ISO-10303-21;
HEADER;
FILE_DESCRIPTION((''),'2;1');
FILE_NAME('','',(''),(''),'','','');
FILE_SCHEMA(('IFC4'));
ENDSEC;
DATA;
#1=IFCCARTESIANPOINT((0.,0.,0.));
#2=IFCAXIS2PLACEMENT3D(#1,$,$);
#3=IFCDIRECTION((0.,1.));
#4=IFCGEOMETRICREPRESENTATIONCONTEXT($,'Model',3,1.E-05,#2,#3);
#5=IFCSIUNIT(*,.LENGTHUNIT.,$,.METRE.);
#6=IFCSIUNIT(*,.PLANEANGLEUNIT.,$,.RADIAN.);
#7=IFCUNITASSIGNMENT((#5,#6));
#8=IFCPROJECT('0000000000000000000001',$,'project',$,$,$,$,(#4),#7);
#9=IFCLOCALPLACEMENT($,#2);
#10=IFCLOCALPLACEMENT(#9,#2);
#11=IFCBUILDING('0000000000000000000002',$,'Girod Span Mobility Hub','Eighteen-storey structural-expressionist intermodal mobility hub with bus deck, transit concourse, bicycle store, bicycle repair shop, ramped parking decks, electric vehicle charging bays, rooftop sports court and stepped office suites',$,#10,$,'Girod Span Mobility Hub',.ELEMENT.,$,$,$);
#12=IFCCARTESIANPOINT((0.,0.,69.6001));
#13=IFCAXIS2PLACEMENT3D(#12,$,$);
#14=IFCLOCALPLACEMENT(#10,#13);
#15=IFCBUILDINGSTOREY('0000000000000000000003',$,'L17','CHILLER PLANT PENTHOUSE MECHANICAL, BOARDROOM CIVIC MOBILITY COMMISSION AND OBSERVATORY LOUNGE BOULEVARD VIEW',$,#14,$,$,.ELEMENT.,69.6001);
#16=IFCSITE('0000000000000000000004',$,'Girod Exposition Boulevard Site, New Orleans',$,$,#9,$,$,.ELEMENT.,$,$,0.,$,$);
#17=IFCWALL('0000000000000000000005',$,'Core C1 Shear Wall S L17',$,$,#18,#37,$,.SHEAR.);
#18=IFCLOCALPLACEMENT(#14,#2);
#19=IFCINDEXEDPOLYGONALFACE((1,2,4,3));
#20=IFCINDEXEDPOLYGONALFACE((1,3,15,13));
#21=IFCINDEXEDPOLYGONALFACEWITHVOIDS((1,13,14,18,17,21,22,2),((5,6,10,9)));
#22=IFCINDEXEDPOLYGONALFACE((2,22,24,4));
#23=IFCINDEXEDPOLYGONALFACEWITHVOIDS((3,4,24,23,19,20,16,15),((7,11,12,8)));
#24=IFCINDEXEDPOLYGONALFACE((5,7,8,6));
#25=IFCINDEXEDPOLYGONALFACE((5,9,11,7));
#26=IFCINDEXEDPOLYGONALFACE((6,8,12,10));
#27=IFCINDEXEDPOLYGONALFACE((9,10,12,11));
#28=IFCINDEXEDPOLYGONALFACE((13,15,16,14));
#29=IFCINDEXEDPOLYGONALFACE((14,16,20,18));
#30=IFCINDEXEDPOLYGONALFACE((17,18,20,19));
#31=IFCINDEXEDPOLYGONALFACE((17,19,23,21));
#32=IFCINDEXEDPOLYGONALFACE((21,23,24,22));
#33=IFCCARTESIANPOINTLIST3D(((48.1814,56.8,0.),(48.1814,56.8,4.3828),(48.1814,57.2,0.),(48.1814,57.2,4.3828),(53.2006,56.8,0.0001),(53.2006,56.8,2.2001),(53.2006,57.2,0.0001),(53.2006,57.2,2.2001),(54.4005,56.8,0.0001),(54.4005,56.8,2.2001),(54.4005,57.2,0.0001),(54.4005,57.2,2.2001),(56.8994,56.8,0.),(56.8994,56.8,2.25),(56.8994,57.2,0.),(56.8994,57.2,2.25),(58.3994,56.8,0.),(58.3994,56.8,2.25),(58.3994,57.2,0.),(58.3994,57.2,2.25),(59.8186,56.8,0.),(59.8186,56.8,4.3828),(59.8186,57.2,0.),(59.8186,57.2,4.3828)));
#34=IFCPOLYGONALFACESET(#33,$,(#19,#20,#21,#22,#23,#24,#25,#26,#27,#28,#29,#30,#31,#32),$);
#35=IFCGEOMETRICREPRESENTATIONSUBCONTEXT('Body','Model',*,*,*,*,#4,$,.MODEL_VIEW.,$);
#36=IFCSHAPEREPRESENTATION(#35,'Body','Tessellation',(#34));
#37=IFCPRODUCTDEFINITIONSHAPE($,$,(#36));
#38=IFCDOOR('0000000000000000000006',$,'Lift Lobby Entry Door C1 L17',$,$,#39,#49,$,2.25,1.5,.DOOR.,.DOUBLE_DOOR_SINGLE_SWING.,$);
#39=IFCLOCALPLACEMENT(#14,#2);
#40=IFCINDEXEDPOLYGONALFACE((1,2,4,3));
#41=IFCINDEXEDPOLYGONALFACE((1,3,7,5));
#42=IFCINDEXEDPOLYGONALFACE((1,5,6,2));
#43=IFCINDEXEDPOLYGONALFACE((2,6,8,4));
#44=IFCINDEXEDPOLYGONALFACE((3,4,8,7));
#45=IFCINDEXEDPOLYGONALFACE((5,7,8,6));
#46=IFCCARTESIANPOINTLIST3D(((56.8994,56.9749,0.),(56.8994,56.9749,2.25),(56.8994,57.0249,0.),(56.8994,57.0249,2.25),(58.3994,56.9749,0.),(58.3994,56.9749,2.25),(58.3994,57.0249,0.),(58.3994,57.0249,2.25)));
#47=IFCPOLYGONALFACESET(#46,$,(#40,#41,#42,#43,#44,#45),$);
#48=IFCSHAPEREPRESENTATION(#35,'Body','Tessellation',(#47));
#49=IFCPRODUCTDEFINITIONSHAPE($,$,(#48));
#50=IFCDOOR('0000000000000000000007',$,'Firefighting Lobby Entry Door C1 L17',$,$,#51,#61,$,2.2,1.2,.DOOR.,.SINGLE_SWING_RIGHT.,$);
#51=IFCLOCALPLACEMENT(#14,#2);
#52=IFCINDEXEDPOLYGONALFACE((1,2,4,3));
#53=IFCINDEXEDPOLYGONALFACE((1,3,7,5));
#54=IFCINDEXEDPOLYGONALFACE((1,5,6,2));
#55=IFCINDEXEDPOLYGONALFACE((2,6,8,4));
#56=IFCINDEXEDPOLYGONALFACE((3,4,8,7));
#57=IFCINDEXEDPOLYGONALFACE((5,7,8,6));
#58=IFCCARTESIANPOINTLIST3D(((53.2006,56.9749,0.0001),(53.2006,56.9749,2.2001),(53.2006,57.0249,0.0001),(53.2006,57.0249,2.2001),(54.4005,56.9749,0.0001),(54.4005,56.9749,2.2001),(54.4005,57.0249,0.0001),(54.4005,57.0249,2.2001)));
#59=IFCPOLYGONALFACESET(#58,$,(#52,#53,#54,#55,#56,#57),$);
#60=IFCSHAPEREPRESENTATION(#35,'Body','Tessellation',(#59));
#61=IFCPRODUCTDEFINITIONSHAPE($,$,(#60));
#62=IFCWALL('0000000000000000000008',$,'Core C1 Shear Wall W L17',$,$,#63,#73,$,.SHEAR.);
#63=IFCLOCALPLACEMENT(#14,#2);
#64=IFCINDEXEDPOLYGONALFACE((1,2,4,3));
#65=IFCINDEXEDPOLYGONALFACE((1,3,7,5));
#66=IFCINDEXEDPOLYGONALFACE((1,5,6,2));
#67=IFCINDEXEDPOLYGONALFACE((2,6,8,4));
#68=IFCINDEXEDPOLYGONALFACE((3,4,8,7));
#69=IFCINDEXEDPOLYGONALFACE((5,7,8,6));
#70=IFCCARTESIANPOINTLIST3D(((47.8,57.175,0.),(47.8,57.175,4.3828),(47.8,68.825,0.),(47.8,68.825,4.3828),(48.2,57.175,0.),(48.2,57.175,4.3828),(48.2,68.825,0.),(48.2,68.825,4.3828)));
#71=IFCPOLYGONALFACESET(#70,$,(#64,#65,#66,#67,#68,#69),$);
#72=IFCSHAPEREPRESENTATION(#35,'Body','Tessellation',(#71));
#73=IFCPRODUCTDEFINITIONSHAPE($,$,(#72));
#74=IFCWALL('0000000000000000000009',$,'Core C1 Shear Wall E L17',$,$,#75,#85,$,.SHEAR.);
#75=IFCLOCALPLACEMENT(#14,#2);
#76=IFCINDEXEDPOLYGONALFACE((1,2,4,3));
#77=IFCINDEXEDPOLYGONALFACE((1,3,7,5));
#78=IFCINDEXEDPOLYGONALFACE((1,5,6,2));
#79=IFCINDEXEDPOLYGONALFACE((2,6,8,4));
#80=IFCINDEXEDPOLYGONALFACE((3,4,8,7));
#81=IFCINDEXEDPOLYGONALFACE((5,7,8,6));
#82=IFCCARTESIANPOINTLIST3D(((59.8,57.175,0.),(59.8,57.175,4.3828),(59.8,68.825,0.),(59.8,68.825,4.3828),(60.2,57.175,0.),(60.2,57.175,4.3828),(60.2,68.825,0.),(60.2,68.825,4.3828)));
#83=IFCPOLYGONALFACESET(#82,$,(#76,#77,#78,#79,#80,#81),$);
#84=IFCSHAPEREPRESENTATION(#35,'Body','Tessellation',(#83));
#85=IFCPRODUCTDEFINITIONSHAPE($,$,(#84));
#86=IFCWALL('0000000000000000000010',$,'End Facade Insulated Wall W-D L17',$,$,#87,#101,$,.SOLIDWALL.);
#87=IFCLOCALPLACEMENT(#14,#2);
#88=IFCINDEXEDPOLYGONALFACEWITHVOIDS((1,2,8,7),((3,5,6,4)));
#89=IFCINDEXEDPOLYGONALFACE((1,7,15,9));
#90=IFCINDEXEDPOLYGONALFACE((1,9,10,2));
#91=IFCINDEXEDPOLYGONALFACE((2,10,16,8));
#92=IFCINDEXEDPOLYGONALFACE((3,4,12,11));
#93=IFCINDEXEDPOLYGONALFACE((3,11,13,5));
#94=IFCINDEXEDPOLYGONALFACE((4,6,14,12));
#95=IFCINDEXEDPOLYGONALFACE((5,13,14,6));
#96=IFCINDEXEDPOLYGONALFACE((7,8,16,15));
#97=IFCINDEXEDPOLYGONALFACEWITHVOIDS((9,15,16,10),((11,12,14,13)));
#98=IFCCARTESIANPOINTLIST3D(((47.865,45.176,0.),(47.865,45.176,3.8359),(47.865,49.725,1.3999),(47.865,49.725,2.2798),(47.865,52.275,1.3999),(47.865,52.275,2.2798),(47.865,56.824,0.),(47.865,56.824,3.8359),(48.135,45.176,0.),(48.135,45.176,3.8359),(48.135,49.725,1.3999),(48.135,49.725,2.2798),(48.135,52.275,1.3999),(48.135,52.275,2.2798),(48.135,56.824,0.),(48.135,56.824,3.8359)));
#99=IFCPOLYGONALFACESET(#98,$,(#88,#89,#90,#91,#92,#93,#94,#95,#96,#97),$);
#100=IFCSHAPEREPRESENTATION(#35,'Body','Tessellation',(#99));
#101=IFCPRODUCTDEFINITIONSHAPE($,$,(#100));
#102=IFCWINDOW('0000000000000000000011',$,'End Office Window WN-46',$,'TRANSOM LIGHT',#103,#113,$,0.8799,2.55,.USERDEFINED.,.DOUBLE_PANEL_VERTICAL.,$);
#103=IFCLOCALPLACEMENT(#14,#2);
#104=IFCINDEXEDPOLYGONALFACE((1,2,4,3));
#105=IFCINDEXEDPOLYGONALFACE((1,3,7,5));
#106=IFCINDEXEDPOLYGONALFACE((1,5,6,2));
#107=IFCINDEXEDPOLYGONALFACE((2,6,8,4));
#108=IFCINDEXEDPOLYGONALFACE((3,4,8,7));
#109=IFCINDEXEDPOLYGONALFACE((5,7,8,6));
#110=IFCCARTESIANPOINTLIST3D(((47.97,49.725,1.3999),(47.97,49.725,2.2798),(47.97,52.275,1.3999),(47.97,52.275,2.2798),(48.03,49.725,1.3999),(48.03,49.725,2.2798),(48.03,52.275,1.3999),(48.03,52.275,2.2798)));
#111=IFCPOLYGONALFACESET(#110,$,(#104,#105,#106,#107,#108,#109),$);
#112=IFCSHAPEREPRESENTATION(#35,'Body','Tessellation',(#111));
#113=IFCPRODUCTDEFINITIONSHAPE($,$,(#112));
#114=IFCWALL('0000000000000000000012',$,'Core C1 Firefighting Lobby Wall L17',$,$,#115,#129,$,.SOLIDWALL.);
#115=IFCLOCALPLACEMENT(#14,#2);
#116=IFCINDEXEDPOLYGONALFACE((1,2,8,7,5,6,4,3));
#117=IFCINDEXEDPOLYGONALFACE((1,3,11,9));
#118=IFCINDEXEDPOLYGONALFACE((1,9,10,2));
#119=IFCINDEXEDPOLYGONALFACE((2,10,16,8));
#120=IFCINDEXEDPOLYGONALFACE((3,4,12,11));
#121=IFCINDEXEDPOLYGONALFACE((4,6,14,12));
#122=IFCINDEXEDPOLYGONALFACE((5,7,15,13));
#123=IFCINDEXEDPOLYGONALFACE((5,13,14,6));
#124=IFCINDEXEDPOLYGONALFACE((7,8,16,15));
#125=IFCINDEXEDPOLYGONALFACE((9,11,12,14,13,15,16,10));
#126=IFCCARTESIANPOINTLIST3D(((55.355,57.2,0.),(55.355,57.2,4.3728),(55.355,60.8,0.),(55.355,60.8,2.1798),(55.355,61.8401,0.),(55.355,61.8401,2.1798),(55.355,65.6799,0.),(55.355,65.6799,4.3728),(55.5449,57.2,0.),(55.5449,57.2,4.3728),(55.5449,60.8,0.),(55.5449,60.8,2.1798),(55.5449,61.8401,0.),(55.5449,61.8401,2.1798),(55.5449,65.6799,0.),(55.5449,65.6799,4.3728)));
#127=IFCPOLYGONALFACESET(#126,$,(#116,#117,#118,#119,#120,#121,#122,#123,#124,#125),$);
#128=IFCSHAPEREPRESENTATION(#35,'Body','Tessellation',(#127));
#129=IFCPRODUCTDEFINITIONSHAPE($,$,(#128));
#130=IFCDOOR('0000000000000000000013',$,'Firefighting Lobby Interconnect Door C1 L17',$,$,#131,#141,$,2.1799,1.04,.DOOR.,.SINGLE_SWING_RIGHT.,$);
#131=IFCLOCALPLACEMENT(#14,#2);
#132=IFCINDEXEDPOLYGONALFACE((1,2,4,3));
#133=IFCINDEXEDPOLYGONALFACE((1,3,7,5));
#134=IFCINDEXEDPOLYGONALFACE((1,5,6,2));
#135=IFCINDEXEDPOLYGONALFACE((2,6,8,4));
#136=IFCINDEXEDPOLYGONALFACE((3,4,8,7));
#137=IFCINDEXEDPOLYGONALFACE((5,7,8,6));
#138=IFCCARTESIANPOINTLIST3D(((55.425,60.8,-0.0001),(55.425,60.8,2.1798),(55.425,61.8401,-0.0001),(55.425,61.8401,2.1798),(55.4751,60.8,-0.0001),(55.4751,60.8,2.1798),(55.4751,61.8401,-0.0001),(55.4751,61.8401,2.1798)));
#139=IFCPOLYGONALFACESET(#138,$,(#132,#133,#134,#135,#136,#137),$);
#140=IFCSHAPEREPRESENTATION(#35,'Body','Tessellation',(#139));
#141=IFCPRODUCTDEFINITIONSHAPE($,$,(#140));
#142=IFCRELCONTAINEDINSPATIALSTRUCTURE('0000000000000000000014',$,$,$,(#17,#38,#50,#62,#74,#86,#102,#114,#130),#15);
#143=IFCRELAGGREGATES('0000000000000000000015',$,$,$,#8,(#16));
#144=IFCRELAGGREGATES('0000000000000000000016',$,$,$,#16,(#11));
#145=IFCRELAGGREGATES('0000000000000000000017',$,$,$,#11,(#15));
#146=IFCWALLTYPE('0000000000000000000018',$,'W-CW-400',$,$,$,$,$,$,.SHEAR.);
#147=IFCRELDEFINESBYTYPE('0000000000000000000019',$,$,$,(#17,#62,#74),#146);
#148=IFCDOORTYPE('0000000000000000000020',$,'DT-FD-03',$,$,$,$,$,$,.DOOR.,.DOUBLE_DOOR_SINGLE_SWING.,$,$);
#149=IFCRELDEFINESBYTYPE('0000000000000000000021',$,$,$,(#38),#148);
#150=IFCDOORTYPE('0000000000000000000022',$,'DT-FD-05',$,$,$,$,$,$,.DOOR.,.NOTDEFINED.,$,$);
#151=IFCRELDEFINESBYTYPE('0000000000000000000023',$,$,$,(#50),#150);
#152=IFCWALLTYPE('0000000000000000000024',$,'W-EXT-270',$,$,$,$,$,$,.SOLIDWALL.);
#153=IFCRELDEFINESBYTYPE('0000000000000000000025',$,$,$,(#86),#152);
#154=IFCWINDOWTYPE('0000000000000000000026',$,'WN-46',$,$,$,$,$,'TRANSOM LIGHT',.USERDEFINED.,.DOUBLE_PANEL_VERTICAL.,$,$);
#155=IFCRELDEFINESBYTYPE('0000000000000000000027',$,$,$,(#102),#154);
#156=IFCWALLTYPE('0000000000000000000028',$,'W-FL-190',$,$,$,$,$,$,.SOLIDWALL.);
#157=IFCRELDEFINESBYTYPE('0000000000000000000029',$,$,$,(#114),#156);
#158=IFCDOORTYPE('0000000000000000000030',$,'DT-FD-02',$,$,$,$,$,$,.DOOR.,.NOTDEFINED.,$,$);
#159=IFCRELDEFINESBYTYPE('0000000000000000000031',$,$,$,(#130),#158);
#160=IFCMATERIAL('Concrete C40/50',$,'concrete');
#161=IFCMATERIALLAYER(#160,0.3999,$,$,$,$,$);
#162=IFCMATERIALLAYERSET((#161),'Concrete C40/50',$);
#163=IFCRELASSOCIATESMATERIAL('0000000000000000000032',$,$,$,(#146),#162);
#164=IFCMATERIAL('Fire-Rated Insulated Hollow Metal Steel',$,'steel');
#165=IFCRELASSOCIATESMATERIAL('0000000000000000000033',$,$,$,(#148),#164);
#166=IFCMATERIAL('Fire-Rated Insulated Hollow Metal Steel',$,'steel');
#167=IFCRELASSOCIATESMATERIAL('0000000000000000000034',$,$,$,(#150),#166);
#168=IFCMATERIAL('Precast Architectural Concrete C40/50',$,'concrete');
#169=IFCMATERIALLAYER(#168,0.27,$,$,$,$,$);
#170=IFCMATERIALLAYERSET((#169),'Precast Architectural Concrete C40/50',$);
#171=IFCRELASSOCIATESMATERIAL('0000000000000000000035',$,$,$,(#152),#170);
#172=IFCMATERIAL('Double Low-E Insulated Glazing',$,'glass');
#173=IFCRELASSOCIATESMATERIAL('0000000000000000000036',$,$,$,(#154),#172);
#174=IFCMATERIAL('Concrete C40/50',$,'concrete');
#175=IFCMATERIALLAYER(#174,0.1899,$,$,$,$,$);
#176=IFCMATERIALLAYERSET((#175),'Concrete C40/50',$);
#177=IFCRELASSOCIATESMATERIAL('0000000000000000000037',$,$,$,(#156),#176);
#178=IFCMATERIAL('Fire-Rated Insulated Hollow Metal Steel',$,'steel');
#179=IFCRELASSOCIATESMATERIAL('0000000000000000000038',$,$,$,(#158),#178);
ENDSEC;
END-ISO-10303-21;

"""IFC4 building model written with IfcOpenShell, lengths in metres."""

from ifc_helpers import new_model, si_unit, direction, frame, frame_2d, origin, place, context, subcontext, project, spatial, rectangle, extrude, material, layer, layer_set, type_object, element, fill, save


model = new_model("IFC4")

# Units and contexts
model_context = context("Model", 3, precision=1e-05, world=origin(), true_north=direction((0.0, 1.0)))
body_context = subcontext(model_context, "Body", "Model", "MODEL_VIEW")
ifc_project = project(units=[si_unit("LENGTHUNIT", "METRE"), si_unit("PLANEANGLEUNIT", "RADIAN")], contexts=[model_context])

# Site, building, storey
site_placement = place(None, origin())
site = spatial("IfcSite", under=ifc_project, at=site_placement, Name="Girod Exposition Boulevard Site, New Orleans", CompositionType="ELEMENT", RefElevation=0.0)
building_placement = place(site_placement, origin())
building = spatial("IfcBuilding", under=site, at=building_placement, Name="Girod Span Mobility Hub", Description="Eighteen-storey structural-expressionist intermodal mobility hub with bus deck, transit concourse, bicycle store, bicycle repair shop, ramped parking decks, electric vehicle charging bays, rooftop sports court and stepped office suites", LongName="Girod Span Mobility Hub", CompositionType="ELEMENT")
storey_placement = place(building_placement, frame((0.0, 0.0, 69.6001)))
storey = spatial("IfcBuildingStorey", under=building, at=storey_placement, Name="L17", Description="CHILLER PLANT PENTHOUSE MECHANICAL, BOARDROOM CIVIC MOBILITY COMMISSION AND OBSERVATORY LOUNGE BOULEVARD VIEW", CompositionType="ELEMENT", Elevation=69.6001)

# Wall, openings, doors
ifc_material_1 = material(Name="Concrete C40/50", Category="concrete")
ifc_layer_1 = layer(ifc_material_1, 0.3999)
ifc_layer_set_1 = layer_set([ifc_layer_1], Name="Concrete C40/50")
wall_type_1 = type_object("IfcWallType", Name="W-CW-400", PredefinedType="SHEAR", material=ifc_layer_set_1)
wall_1_placement = place(storey_placement, frame((48.1814, 57.0, 0.0), z_axis=(0.0, 0.0, 1.0), x_axis=(1.0, 0.0, 0.0)))
wall_1 = element("IfcWall", 1, at=wall_1_placement, inside=storey, type_object=wall_type_1, Name="Core C1 Shear Wall S L17", PredefinedType="SHEAR", context=body_context, shape_type="SweptSolid", body=[
    extrude(rectangle(XDim=11.6372, YDim=0.3999, at=frame_2d((5.8186, 0.0))), origin(), (0.0, 0.0, 1.0), 4.3828),
])
opening_1_placement = place(wall_1_placement, frame((5.019, 0.0, 0.0)))
opening_1 = element("IfcOpeningElement", 2, at=opening_1_placement, cuts=wall_1, PredefinedType="OPENING", context=body_context, shape_type="SweptSolid", body=[
    extrude(rectangle(XDim=1.2, YDim=2.2, at=frame_2d((0.6001, 1.1001))), frame((0.0, 0.2148, 0.0), z_axis=(0.0, -1.0, 0.0), x_axis=(1.0, 0.0, 0.0)), (0.0, 0.0, 1.0), 0.4299),
])
opening_2_placement = place(wall_1_placement, frame((8.718, 0.0, 0.0)))
opening_2 = element("IfcOpeningElement", 3, at=opening_2_placement, cuts=wall_1, PredefinedType="OPENING", context=body_context, shape_type="SweptSolid", body=[
    extrude(rectangle(XDim=1.5, YDim=2.25, at=frame_2d((0.75, 1.125))), frame((0.0, 0.2148, 0.0), z_axis=(0.0, -1.0, 0.0), x_axis=(1.0, 0.0, 0.0)), (0.0, 0.0, 1.0), 0.4299),
])
ifc_material_2 = material(Name="Fire-Rated Insulated Hollow Metal Steel", Category="steel")
door_type_1 = type_object("IfcDoorType", Name="DT-FD-03", OperationType="DOUBLE_DOOR_SINGLE_SWING", PredefinedType="DOOR", material=ifc_material_2)
door_1_placement = place(opening_2_placement, origin())
door_1 = element("IfcDoor", 4, at=door_1_placement, inside=storey, type_object=door_type_1, Name="Lift Lobby Entry Door C1 L17", OperationType="DOUBLE_DOOR_SINGLE_SWING", OverallHeight=2.25, OverallWidth=1.5, PredefinedType="DOOR", context=body_context, shape_type="SweptSolid", body=[
    extrude(rectangle(XDim=1.5, YDim=2.25, at=frame_2d((0.75, 1.125))), frame((0.0, 0.0249, 0.0), z_axis=(0.0, -1.0, 0.0), x_axis=(1.0, 0.0, 0.0)), (0.0, 0.0, 1.0), 0.05),
])
fill(opening_2, door_1)
ifc_material_3 = material(Name="Fire-Rated Insulated Hollow Metal Steel", Category="steel")
door_type_2 = type_object("IfcDoorType", Name="DT-FD-05", OperationType="NOTDEFINED", PredefinedType="DOOR", material=ifc_material_3)
door_2_placement = place(opening_1_placement, origin())
door_2 = element("IfcDoor", 5, at=door_2_placement, inside=storey, type_object=door_type_2, Name="Firefighting Lobby Entry Door C1 L17", OperationType="SINGLE_SWING_RIGHT", OverallHeight=2.2, OverallWidth=1.2, PredefinedType="DOOR", context=body_context, shape_type="SweptSolid", body=[
    extrude(rectangle(XDim=1.2, YDim=2.2, at=frame_2d((0.6001, 1.1001))), frame((0.0, 0.0249, 0.0), z_axis=(0.0, -1.0, 0.0), x_axis=(1.0, 0.0, 0.0)), (0.0, 0.0, 1.0), 0.05),
])
fill(opening_1, door_2)

# Walls
for number, where, z_axis, x_axis, name in (
    (6, (48.0, 57.175, 0.0), (0.0, 0.0, 1.0), (0.0, 1.0, 0.0), "Core C1 Shear Wall W L17"),
    (7, (60.0, 57.175, 0.0), (0.0, 0.0, 1.0), (0.0, 1.0, 0.0), "Core C1 Shear Wall E L17"),
):
    element("IfcWall", number, at=place(storey_placement, frame(where, z_axis=z_axis, x_axis=x_axis)), inside=storey, type_object=wall_type_1, Name=name, PredefinedType="SHEAR", context=body_context, shape_type="SweptSolid", body=[
        extrude(rectangle(XDim=11.6499, YDim=0.3999, at=frame_2d((5.825, 0.0))), origin(), (0.0, 0.0, 1.0), 4.3828),
    ])

# Wall, opening, window
ifc_material_4 = material(Name="Precast Architectural Concrete C40/50", Category="concrete")
ifc_layer_2 = layer(ifc_material_4, 0.27)
ifc_layer_set_2 = layer_set([ifc_layer_2], Name="Precast Architectural Concrete C40/50")
wall_type_2 = type_object("IfcWallType", Name="W-EXT-270", PredefinedType="SOLIDWALL", material=ifc_layer_set_2)
wall_2_placement = place(storey_placement, frame((48.0, 45.176, 0.0), z_axis=(0.0, 0.0, 1.0), x_axis=(0.0, 1.0, 0.0)))
wall_2 = element("IfcWall", 8, at=wall_2_placement, inside=storey, type_object=wall_type_2, Name="End Facade Insulated Wall W-D L17", PredefinedType="SOLIDWALL", context=body_context, shape_type="SweptSolid", body=[
    extrude(rectangle(XDim=11.6479, YDim=0.27, at=frame_2d((5.824, 0.0))), origin(), (0.0, 0.0, 1.0), 3.8359),
])
opening_3_placement = place(wall_2_placement, frame((4.5491, 0.0, 1.3999)))
opening_3 = element("IfcOpeningElement", 9, at=opening_3_placement, cuts=wall_2, PredefinedType="OPENING", context=body_context, shape_type="SweptSolid", body=[
    extrude(rectangle(XDim=2.55, YDim=0.8799, at=frame_2d((1.2749, 0.4399))), frame((0.0, 0.1499, 0.0), z_axis=(0.0, -1.0, 0.0), x_axis=(1.0, 0.0, 0.0)), (0.0, 0.0, 1.0), 0.3),
])
ifc_material_5 = material(Name="Double Low-E Insulated Glazing", Category="glass")
window_type = type_object("IfcWindowType", Name="WN-46", ElementType="TRANSOM LIGHT", PartitioningType="DOUBLE_PANEL_VERTICAL", PredefinedType="USERDEFINED", material=ifc_material_5)
window_placement = place(opening_3_placement, origin())
window = element("IfcWindow", 10, at=window_placement, inside=storey, type_object=window_type, Name="End Office Window WN-46", ObjectType="TRANSOM LIGHT", OverallHeight=0.8799, OverallWidth=2.55, PartitioningType="DOUBLE_PANEL_VERTICAL", PredefinedType="USERDEFINED", context=body_context, shape_type="SweptSolid", body=[
    extrude(rectangle(XDim=2.55, YDim=0.8799, at=frame_2d((1.2749, 0.4399))), frame((0.0, 0.03, 0.0), z_axis=(0.0, -1.0, 0.0), x_axis=(1.0, 0.0, 0.0)), (0.0, 0.0, 1.0), 0.0601),
])
fill(opening_3, window)

# Wall, opening, door
ifc_material_6 = material(Name="Concrete C40/50", Category="concrete")
ifc_layer_3 = layer(ifc_material_6, 0.1899)
ifc_layer_set_3 = layer_set([ifc_layer_3], Name="Concrete C40/50")
wall_type_3 = type_object("IfcWallType", Name="W-FL-190", PredefinedType="SOLIDWALL", material=ifc_layer_set_3)
wall_3_placement = place(storey_placement, frame((55.45, 57.2, 0.0), z_axis=(0.0, 0.0, 1.0), x_axis=(0.0, 1.0, 0.0)))
wall_3 = element("IfcWall", 11, at=wall_3_placement, inside=storey, type_object=wall_type_3, Name="Core C1 Firefighting Lobby Wall L17", PredefinedType="SOLIDWALL", context=body_context, shape_type="SweptSolid", body=[
    extrude(rectangle(XDim=8.48, YDim=0.1899, at=frame_2d((4.24, 0.0))), origin(), (0.0, 0.0, 1.0), 4.3728),
])
opening_4_placement = place(wall_3_placement, frame((3.6001, 0.0, 0.0)))
opening_4 = element("IfcOpeningElement", 12, at=opening_4_placement, cuts=wall_3, PredefinedType="OPENING", context=body_context, shape_type="SweptSolid", body=[
    extrude(rectangle(XDim=1.04, YDim=2.1799, at=frame_2d((0.52, 1.0898))), frame((0.0, 0.1099, 0.0), z_axis=(0.0, -1.0, 0.0), x_axis=(1.0, 0.0, 0.0)), (0.0, 0.0, 1.0), 0.22),
])
ifc_material_7 = material(Name="Fire-Rated Insulated Hollow Metal Steel", Category="steel")
door_type_3 = type_object("IfcDoorType", Name="DT-FD-02", OperationType="NOTDEFINED", PredefinedType="DOOR", material=ifc_material_7)
door_3_placement = place(opening_4_placement, origin())
door_3 = element("IfcDoor", 13, at=door_3_placement, inside=storey, type_object=door_type_3, Name="Firefighting Lobby Interconnect Door C1 L17", OperationType="SINGLE_SWING_RIGHT", OverallHeight=2.1799, OverallWidth=1.04, PredefinedType="DOOR", context=body_context, shape_type="SweptSolid", body=[
    extrude(rectangle(XDim=1.04, YDim=2.1799, at=frame_2d((0.52, 1.0898))), frame((0.0, 0.0249, 0.0), z_axis=(0.0, -1.0, 0.0), x_axis=(1.0, 0.0, 0.0)), (0.0, 0.0, 1.0), 0.05),
])
fill(opening_4, door_3)

save(model, "model.ifc")
